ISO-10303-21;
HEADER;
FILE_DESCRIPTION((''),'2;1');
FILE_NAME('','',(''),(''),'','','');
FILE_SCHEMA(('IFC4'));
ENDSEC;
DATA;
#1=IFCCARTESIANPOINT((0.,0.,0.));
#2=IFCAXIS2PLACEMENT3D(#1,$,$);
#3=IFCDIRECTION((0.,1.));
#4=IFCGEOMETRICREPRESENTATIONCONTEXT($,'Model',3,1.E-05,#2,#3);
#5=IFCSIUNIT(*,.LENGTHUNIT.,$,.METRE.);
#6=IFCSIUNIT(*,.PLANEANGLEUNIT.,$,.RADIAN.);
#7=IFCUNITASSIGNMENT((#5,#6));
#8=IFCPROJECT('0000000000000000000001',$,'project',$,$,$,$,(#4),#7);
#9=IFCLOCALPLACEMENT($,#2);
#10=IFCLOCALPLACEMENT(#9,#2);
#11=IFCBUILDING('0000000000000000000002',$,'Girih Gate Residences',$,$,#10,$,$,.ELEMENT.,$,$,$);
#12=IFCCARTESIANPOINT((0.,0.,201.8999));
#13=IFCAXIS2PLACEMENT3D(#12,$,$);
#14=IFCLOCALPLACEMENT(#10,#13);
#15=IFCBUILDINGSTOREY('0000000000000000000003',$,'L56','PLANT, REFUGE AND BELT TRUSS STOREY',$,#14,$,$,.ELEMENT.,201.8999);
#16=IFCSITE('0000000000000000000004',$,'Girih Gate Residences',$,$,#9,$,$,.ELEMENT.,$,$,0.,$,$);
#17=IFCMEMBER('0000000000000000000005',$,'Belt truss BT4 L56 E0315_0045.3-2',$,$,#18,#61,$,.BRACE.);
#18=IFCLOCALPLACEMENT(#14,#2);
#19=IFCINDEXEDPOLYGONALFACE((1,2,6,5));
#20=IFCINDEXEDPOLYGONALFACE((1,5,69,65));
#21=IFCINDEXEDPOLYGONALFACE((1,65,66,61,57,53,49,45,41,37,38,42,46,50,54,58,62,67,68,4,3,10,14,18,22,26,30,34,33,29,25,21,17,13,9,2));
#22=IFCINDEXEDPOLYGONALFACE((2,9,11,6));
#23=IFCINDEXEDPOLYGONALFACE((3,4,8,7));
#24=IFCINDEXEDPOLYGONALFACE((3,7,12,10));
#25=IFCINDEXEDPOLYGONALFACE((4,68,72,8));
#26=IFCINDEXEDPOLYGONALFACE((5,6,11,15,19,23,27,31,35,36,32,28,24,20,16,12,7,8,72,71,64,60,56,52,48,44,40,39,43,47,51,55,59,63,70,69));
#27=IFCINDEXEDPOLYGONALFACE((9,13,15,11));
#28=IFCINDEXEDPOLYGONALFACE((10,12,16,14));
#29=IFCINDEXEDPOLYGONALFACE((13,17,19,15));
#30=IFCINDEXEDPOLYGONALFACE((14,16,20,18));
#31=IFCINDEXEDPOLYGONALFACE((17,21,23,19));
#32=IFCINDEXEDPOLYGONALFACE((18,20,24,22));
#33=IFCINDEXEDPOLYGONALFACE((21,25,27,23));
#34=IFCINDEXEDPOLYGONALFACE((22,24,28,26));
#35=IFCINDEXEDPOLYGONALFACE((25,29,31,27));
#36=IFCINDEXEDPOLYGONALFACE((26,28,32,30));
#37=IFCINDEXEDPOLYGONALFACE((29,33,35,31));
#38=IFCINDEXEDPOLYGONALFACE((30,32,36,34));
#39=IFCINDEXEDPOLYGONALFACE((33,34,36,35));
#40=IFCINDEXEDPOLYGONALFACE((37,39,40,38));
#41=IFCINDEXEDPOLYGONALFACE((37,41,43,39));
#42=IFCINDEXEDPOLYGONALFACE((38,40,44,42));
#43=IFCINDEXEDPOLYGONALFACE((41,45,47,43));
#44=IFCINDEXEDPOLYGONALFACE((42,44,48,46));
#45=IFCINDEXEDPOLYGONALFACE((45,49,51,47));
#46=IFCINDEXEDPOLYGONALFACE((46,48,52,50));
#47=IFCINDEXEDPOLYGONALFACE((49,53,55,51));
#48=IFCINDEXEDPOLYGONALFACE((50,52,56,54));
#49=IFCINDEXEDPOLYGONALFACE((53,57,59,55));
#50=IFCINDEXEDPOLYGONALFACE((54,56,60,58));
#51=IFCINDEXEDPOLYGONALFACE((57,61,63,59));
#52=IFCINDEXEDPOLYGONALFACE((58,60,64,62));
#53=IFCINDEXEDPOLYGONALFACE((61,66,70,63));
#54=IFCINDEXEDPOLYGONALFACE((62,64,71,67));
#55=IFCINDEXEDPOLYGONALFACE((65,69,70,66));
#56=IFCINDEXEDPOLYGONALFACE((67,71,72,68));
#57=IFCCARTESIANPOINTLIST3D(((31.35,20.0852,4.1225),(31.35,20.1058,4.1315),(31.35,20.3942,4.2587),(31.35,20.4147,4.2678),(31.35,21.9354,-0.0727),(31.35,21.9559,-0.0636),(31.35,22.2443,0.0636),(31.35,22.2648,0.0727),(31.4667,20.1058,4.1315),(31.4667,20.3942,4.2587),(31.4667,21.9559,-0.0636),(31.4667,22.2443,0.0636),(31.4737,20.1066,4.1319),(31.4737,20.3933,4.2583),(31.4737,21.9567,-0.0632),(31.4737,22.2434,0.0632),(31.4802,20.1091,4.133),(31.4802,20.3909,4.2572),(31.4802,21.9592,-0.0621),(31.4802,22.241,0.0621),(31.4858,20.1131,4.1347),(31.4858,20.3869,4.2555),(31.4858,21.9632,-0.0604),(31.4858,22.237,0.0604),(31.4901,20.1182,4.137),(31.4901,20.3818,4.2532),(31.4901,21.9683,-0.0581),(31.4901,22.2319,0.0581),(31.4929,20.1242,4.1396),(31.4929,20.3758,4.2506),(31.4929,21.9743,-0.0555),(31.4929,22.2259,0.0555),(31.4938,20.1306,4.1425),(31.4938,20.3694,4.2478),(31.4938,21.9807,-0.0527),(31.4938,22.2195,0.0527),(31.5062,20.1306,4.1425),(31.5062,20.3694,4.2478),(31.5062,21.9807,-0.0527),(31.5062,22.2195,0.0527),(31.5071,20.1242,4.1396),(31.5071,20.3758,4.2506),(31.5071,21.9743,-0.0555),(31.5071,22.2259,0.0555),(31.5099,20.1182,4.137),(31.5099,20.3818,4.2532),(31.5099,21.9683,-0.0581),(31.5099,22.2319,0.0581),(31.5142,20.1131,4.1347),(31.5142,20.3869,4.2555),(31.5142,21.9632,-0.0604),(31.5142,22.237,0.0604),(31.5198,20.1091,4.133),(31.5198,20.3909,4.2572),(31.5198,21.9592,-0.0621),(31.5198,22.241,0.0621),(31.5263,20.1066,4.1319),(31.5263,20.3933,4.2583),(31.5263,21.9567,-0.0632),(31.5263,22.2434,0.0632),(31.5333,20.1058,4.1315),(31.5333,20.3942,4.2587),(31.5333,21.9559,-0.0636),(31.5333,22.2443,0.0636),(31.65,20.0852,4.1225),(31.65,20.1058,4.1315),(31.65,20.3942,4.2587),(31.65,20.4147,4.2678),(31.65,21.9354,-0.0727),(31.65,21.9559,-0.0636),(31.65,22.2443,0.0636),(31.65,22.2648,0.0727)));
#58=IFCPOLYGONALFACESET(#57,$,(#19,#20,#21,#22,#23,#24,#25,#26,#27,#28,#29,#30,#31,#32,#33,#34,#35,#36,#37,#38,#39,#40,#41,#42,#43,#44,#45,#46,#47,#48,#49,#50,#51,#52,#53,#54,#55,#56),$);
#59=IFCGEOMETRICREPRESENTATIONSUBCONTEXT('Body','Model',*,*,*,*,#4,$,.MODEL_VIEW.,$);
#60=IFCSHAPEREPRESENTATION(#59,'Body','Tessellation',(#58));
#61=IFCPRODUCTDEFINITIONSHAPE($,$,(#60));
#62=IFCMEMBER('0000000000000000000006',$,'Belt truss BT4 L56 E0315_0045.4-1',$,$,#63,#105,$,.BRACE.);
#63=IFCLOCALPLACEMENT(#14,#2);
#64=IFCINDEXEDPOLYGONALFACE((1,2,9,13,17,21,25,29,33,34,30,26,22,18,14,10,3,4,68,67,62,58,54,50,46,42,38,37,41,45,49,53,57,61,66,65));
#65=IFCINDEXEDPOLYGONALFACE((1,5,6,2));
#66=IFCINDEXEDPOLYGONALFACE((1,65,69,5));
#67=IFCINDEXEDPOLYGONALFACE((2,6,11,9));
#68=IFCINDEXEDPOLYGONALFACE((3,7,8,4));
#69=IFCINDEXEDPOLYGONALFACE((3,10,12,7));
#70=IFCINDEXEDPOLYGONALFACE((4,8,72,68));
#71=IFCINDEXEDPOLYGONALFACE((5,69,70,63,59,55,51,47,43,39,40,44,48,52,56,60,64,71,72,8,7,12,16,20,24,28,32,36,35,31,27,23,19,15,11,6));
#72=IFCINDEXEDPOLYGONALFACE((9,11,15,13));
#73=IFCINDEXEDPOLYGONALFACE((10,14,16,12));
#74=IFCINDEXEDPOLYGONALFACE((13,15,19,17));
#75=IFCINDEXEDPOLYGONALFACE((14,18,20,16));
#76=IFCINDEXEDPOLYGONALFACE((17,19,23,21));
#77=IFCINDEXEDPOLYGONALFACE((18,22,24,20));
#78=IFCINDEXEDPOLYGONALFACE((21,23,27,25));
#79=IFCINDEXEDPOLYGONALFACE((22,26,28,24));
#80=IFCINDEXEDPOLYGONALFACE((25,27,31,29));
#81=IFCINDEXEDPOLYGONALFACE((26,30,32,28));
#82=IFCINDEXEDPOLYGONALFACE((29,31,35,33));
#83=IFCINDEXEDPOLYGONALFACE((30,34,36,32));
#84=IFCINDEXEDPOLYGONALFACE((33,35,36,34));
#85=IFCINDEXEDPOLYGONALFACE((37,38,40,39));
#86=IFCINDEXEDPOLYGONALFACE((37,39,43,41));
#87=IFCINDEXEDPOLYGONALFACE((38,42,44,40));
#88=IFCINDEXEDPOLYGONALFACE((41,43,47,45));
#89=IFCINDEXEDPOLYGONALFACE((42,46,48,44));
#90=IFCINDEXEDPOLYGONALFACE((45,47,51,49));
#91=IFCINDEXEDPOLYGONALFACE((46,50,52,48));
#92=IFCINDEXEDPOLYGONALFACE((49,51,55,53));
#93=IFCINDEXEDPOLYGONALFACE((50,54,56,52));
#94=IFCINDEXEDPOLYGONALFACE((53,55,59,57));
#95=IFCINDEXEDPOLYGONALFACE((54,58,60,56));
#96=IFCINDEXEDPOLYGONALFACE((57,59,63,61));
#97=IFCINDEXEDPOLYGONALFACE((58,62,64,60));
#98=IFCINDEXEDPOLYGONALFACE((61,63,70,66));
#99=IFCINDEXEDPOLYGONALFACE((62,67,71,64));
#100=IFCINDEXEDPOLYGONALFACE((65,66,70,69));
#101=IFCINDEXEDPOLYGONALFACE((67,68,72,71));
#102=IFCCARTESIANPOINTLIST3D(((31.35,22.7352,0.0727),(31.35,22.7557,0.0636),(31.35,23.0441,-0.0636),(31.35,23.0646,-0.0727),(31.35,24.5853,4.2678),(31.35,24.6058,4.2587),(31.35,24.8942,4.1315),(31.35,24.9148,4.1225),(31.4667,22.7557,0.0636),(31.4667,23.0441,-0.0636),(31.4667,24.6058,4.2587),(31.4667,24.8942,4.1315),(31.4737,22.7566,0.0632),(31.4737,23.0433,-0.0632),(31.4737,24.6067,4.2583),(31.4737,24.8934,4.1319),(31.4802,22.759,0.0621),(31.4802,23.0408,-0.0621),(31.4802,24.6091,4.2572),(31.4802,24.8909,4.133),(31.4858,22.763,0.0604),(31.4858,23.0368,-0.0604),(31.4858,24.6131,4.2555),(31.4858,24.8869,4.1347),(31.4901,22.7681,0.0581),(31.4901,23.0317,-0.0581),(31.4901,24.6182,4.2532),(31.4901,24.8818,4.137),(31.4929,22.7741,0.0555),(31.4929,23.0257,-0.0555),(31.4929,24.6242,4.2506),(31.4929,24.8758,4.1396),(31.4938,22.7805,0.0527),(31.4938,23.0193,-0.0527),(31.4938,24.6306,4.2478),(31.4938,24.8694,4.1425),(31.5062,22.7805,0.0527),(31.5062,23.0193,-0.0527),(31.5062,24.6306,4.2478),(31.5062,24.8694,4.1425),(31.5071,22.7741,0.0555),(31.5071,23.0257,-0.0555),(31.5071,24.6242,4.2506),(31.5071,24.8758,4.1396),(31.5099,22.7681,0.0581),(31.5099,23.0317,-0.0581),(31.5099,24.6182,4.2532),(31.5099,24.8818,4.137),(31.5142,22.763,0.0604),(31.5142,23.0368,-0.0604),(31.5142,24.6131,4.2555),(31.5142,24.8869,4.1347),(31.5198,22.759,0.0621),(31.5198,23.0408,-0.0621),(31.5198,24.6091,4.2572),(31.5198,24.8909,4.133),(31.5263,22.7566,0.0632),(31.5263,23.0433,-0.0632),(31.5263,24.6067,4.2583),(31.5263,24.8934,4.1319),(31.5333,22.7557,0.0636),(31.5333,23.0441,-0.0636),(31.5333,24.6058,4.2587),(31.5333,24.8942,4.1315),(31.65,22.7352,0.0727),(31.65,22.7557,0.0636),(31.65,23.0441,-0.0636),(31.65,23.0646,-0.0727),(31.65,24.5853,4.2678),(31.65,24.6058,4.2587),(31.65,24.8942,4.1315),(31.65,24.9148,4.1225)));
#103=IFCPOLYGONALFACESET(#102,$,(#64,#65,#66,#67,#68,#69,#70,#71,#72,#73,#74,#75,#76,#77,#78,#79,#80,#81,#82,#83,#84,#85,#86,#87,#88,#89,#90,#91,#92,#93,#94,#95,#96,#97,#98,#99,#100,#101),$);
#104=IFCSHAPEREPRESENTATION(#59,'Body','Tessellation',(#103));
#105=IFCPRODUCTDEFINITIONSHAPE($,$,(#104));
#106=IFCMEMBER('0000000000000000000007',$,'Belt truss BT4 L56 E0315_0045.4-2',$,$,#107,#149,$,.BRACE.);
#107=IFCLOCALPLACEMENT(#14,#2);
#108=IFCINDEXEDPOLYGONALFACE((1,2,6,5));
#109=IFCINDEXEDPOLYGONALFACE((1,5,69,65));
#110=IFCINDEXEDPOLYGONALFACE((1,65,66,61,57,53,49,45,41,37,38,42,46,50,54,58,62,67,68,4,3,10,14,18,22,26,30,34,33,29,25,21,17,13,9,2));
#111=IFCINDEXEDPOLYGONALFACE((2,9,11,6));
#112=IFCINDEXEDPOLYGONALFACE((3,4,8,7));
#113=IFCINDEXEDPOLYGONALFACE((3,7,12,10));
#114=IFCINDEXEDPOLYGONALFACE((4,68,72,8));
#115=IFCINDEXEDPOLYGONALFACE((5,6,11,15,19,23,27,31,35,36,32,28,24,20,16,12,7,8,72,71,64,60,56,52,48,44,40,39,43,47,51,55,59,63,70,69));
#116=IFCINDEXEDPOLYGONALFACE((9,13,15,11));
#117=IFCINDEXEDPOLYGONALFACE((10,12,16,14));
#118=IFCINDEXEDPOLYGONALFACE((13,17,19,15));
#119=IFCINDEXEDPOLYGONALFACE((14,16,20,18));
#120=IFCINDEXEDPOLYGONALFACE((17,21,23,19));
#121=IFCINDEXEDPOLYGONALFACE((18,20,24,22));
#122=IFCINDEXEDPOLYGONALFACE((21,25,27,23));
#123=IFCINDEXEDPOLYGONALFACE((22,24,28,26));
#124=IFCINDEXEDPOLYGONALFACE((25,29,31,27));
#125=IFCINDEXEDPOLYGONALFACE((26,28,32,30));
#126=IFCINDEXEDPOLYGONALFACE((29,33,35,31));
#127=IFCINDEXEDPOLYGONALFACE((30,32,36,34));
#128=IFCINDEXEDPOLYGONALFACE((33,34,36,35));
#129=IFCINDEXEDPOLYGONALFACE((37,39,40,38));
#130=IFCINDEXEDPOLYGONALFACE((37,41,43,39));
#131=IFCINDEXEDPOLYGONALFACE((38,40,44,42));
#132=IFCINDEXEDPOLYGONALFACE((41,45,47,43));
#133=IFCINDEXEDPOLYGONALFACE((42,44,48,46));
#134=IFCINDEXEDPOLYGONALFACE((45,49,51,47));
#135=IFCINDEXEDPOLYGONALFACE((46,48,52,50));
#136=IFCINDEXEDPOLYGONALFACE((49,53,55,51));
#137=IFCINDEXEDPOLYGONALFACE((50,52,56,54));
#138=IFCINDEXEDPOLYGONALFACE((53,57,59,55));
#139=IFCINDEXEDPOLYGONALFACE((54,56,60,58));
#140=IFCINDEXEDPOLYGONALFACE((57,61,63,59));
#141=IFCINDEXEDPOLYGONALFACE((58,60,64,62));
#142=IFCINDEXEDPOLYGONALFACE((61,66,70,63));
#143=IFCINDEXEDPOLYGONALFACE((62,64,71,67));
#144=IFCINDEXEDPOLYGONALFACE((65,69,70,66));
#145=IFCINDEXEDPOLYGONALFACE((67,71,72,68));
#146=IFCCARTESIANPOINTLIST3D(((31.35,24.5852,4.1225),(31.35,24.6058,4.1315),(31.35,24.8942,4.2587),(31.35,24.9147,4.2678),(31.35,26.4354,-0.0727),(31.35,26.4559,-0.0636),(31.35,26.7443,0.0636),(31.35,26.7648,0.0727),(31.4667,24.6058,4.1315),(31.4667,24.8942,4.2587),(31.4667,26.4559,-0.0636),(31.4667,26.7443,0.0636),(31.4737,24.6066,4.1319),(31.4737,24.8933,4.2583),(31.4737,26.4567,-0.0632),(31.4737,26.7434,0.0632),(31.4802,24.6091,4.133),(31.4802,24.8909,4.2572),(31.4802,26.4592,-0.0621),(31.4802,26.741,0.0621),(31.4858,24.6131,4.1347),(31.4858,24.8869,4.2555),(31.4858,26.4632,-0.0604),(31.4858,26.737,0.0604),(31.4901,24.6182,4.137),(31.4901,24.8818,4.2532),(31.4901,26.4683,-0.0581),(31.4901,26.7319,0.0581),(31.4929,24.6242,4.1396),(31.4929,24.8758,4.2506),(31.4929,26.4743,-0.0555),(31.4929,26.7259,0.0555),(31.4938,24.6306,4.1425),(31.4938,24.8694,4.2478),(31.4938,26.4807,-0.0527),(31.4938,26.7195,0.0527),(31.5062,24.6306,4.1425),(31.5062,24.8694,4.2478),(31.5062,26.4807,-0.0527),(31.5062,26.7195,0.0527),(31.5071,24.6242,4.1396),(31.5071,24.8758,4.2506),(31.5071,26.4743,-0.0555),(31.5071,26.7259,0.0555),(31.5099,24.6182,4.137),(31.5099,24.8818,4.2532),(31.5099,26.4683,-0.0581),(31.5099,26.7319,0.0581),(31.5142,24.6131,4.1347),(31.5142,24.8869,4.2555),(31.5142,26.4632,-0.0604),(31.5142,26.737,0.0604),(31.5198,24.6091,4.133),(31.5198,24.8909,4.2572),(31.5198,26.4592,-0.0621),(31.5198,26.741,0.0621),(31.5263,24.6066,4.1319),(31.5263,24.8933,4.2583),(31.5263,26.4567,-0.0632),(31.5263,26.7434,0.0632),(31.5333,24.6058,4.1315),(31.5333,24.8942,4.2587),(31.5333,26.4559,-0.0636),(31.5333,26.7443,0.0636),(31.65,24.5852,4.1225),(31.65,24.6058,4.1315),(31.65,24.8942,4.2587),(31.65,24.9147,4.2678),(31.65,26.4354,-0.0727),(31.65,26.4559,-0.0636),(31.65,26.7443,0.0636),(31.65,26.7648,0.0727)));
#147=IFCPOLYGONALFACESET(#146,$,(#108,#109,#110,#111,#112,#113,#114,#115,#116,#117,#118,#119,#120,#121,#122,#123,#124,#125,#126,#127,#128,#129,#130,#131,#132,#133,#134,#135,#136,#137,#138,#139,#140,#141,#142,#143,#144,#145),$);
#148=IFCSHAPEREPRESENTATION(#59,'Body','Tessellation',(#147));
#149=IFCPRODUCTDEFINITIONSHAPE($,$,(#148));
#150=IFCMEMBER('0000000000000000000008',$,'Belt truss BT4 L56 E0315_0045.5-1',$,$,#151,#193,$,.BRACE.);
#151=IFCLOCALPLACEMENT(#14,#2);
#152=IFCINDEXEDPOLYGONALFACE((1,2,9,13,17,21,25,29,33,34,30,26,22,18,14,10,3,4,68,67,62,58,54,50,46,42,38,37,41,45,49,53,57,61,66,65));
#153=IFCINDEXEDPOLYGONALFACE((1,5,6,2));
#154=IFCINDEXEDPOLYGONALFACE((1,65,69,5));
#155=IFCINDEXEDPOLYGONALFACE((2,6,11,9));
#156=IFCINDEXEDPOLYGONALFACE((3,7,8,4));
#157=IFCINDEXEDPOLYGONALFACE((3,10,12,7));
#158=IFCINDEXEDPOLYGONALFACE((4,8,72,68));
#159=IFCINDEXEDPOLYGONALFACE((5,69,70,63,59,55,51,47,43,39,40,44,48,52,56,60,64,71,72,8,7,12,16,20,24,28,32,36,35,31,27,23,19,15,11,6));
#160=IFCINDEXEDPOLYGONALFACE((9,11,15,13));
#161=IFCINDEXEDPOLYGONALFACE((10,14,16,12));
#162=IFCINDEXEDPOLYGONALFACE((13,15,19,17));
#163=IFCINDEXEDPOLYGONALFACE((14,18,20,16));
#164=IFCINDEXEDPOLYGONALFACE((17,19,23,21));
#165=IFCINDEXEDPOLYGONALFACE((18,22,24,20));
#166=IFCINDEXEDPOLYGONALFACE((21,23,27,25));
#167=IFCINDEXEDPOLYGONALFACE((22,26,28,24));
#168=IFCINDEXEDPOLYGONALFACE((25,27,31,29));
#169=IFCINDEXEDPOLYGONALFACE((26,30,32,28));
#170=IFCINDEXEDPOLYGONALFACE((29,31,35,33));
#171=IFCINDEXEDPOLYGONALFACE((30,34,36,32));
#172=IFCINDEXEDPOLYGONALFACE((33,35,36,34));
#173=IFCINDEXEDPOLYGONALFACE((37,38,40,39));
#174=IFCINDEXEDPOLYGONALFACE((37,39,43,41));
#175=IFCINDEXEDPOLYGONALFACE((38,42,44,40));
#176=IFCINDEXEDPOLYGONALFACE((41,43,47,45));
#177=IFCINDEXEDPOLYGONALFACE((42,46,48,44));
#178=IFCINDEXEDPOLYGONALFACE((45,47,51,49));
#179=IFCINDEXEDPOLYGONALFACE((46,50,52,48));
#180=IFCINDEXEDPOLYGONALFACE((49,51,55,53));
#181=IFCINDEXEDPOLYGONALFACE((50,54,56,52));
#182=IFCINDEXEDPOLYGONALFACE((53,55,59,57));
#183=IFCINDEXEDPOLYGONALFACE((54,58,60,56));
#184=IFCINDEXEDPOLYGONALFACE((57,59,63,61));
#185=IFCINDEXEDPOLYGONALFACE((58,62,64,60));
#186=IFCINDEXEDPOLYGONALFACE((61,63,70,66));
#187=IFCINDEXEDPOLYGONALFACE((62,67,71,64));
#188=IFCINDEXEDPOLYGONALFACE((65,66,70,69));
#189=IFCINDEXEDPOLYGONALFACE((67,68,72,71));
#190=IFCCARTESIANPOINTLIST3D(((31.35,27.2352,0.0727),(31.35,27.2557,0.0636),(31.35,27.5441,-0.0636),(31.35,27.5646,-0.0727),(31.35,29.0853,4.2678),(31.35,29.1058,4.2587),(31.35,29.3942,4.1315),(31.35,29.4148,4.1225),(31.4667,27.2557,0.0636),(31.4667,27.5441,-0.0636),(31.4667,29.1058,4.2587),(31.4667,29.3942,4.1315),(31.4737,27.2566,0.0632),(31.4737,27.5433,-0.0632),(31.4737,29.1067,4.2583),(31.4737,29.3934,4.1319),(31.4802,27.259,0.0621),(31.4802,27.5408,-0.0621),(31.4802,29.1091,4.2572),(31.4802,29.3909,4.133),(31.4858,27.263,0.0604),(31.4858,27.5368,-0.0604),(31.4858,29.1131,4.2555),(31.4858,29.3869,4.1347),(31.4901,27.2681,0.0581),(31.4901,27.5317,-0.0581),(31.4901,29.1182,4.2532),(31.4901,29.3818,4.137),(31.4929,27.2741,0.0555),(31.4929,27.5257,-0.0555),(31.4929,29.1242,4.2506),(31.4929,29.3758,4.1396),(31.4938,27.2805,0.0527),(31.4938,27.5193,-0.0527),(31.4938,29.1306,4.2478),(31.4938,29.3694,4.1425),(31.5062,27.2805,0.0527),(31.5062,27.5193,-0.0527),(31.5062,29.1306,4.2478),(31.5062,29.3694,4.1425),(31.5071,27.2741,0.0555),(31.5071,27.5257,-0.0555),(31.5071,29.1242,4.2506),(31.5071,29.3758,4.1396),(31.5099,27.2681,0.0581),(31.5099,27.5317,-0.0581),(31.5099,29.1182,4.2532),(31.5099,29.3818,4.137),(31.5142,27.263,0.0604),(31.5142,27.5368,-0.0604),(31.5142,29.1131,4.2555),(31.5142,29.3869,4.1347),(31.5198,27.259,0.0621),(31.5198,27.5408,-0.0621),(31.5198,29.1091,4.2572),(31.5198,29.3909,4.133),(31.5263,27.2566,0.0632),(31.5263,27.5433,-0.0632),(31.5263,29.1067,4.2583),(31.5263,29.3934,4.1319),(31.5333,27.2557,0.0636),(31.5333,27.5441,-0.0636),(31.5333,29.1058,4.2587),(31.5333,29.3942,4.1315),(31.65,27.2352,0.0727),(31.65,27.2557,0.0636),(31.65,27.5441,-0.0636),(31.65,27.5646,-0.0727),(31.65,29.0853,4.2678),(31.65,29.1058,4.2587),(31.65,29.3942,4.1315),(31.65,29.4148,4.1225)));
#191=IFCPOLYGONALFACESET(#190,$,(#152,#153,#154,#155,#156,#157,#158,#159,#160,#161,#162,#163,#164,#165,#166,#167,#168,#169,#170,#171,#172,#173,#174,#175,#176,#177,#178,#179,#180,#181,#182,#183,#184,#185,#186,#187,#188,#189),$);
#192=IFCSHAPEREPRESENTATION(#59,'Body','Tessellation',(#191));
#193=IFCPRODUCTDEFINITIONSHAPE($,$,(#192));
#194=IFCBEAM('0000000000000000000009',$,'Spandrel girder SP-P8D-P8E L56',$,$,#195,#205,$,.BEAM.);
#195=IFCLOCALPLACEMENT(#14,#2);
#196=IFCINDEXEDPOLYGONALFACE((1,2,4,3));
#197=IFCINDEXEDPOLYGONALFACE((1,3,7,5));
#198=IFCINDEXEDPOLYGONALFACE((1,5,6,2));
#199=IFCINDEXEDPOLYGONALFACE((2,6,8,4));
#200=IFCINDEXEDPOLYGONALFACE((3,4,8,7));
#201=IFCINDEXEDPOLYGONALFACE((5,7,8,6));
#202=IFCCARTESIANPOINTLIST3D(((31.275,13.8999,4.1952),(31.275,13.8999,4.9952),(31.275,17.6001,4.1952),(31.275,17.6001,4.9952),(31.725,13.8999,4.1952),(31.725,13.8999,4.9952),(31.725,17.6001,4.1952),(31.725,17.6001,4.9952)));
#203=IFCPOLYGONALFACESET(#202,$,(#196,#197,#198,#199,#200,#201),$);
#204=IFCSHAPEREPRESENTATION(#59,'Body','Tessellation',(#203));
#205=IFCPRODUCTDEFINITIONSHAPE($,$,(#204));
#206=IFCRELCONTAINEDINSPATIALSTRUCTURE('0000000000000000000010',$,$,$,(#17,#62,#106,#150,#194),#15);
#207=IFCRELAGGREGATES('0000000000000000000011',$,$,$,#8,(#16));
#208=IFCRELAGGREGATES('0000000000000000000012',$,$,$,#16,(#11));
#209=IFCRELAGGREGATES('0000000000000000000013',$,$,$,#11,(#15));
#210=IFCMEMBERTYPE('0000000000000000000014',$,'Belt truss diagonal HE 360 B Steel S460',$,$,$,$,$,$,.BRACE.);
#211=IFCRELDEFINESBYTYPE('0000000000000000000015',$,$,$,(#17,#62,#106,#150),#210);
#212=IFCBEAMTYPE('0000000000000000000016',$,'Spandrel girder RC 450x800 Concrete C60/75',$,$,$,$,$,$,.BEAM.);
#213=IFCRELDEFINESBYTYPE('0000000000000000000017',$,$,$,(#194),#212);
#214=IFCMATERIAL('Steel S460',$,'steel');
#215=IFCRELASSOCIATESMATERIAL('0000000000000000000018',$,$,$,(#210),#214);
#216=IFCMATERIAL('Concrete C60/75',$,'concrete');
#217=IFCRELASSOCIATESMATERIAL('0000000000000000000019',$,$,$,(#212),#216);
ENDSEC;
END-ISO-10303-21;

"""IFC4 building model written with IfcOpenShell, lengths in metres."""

from ifc_helpers import new_model, si_unit, direction, frame, origin, origin_2d, place, context, subcontext, project, spatial, rectangle, i_section, extrude, material, material_profile, profile_set, type_object, element, save


model = new_model("IFC4")

# Units and contexts
model_context = context("Model", 3, precision=1e-05, world=origin(), true_north=direction((0.0, 1.0)))
body_context = subcontext(model_context, "Body", "Model", "MODEL_VIEW")
ifc_project = project(units=[si_unit("LENGTHUNIT", "METRE"), si_unit("PLANEANGLEUNIT", "RADIAN")], contexts=[model_context])

# Site, building, storey
site_placement = place(None, origin())
site = spatial("IfcSite", under=ifc_project, at=site_placement, Name="Girih Gate Residences", CompositionType="ELEMENT", RefElevation=0.0)
building_placement = place(site_placement, origin())
building = spatial("IfcBuilding", under=site, at=building_placement, Name="Girih Gate Residences", CompositionType="ELEMENT")
storey_placement = place(building_placement, frame((0.0, 0.0, 201.8999)))
storey = spatial("IfcBuildingStorey", under=building, at=storey_placement, Name="L56", Description="PLANT, REFUGE AND BELT TRUSS STOREY", CompositionType="ELEMENT", Elevation=201.8999)

# Shared definitions
ifc_material_1 = material(Name="Concrete C60/75", Category="concrete")

# Members
ifc_material_2 = material(Name="Steel S460", Category="steel")
ifc_material_profile_1 = material_profile(ifc_material_2, i_section(OverallWidth=0.3, OverallDepth=0.3601, WebThickness=0.0125, FlangeThickness=0.0225, FilletRadius=0.0271, at=origin_2d()))
ifc_profile_set_1 = profile_set([ifc_material_profile_1], Name="Steel S460")
member_type = type_object("IfcMemberType", Name="Belt truss diagonal HE 360 B Steel S460", PredefinedType="BRACE", material=ifc_profile_set_1)
for number, where, z_axis, x_axis, name in (
    (1, (31.5, 22.1001, 0.0), (0.0, -0.403518, 0.914972), (1.0, 0.0, 0.0), "Belt truss BT4 L56 E0315_0045.3-2"),
    (2, (31.5, 22.8999, 0.0), (0.0, 0.403518, 0.914972), (-1.0, 0.0, 0.0), "Belt truss BT4 L56 E0315_0045.4-1"),
    (3, (31.5, 26.6001, 0.0), (0.0, -0.403518, 0.914972), (1.0, 0.0, 0.0), "Belt truss BT4 L56 E0315_0045.4-2"),
    (4, (31.5, 27.3999, 0.0), (0.0, 0.403518, 0.914972), (-1.0, 0.0, 0.0), "Belt truss BT4 L56 E0315_0045.5-1"),
):
    element("IfcMember", number, at=place(storey_placement, frame(where, z_axis=z_axis, x_axis=x_axis)), inside=storey, type_object=member_type, Name=name, PredefinedType="BRACE", context=body_context, shape_type="SweptSolid", body=[
        extrude(i_section(OverallWidth=0.3, OverallDepth=0.3601, WebThickness=0.0125, FlangeThickness=0.0225, FilletRadius=0.0271, at=origin_2d()), origin(), (0.0, 0.0, 1.0), 4.585),
    ])

# Beam
ifc_material_profile_2 = material_profile(ifc_material_1, rectangle(XDim=0.45, YDim=0.8, at=origin_2d()))
ifc_profile_set_2 = profile_set([ifc_material_profile_2], Name="Concrete C60/75")
beam_type = type_object("IfcBeamType", Name="Spandrel girder RC 450x800 Concrete C60/75", PredefinedType="BEAM", material=ifc_profile_set_2)
for number, where, z_axis, x_axis, name in (
    (5, (31.5, 13.8999, 4.5952), (0.0, 1.0, 0.0), (-1.0, 0.0, 0.0), "Spandrel girder SP-P8D-P8E L56"),
):
    element("IfcBeam", number, at=place(storey_placement, frame(where, z_axis=z_axis, x_axis=x_axis)), inside=storey, type_object=beam_type, Name=name, PredefinedType="BEAM", context=body_context, shape_type="SweptSolid", body=[
        extrude(rectangle(XDim=0.45, YDim=0.8, at=origin_2d()), origin(), (0.0, 0.0, 1.0), 3.7002),
    ])

save(model, "model.ifc")
